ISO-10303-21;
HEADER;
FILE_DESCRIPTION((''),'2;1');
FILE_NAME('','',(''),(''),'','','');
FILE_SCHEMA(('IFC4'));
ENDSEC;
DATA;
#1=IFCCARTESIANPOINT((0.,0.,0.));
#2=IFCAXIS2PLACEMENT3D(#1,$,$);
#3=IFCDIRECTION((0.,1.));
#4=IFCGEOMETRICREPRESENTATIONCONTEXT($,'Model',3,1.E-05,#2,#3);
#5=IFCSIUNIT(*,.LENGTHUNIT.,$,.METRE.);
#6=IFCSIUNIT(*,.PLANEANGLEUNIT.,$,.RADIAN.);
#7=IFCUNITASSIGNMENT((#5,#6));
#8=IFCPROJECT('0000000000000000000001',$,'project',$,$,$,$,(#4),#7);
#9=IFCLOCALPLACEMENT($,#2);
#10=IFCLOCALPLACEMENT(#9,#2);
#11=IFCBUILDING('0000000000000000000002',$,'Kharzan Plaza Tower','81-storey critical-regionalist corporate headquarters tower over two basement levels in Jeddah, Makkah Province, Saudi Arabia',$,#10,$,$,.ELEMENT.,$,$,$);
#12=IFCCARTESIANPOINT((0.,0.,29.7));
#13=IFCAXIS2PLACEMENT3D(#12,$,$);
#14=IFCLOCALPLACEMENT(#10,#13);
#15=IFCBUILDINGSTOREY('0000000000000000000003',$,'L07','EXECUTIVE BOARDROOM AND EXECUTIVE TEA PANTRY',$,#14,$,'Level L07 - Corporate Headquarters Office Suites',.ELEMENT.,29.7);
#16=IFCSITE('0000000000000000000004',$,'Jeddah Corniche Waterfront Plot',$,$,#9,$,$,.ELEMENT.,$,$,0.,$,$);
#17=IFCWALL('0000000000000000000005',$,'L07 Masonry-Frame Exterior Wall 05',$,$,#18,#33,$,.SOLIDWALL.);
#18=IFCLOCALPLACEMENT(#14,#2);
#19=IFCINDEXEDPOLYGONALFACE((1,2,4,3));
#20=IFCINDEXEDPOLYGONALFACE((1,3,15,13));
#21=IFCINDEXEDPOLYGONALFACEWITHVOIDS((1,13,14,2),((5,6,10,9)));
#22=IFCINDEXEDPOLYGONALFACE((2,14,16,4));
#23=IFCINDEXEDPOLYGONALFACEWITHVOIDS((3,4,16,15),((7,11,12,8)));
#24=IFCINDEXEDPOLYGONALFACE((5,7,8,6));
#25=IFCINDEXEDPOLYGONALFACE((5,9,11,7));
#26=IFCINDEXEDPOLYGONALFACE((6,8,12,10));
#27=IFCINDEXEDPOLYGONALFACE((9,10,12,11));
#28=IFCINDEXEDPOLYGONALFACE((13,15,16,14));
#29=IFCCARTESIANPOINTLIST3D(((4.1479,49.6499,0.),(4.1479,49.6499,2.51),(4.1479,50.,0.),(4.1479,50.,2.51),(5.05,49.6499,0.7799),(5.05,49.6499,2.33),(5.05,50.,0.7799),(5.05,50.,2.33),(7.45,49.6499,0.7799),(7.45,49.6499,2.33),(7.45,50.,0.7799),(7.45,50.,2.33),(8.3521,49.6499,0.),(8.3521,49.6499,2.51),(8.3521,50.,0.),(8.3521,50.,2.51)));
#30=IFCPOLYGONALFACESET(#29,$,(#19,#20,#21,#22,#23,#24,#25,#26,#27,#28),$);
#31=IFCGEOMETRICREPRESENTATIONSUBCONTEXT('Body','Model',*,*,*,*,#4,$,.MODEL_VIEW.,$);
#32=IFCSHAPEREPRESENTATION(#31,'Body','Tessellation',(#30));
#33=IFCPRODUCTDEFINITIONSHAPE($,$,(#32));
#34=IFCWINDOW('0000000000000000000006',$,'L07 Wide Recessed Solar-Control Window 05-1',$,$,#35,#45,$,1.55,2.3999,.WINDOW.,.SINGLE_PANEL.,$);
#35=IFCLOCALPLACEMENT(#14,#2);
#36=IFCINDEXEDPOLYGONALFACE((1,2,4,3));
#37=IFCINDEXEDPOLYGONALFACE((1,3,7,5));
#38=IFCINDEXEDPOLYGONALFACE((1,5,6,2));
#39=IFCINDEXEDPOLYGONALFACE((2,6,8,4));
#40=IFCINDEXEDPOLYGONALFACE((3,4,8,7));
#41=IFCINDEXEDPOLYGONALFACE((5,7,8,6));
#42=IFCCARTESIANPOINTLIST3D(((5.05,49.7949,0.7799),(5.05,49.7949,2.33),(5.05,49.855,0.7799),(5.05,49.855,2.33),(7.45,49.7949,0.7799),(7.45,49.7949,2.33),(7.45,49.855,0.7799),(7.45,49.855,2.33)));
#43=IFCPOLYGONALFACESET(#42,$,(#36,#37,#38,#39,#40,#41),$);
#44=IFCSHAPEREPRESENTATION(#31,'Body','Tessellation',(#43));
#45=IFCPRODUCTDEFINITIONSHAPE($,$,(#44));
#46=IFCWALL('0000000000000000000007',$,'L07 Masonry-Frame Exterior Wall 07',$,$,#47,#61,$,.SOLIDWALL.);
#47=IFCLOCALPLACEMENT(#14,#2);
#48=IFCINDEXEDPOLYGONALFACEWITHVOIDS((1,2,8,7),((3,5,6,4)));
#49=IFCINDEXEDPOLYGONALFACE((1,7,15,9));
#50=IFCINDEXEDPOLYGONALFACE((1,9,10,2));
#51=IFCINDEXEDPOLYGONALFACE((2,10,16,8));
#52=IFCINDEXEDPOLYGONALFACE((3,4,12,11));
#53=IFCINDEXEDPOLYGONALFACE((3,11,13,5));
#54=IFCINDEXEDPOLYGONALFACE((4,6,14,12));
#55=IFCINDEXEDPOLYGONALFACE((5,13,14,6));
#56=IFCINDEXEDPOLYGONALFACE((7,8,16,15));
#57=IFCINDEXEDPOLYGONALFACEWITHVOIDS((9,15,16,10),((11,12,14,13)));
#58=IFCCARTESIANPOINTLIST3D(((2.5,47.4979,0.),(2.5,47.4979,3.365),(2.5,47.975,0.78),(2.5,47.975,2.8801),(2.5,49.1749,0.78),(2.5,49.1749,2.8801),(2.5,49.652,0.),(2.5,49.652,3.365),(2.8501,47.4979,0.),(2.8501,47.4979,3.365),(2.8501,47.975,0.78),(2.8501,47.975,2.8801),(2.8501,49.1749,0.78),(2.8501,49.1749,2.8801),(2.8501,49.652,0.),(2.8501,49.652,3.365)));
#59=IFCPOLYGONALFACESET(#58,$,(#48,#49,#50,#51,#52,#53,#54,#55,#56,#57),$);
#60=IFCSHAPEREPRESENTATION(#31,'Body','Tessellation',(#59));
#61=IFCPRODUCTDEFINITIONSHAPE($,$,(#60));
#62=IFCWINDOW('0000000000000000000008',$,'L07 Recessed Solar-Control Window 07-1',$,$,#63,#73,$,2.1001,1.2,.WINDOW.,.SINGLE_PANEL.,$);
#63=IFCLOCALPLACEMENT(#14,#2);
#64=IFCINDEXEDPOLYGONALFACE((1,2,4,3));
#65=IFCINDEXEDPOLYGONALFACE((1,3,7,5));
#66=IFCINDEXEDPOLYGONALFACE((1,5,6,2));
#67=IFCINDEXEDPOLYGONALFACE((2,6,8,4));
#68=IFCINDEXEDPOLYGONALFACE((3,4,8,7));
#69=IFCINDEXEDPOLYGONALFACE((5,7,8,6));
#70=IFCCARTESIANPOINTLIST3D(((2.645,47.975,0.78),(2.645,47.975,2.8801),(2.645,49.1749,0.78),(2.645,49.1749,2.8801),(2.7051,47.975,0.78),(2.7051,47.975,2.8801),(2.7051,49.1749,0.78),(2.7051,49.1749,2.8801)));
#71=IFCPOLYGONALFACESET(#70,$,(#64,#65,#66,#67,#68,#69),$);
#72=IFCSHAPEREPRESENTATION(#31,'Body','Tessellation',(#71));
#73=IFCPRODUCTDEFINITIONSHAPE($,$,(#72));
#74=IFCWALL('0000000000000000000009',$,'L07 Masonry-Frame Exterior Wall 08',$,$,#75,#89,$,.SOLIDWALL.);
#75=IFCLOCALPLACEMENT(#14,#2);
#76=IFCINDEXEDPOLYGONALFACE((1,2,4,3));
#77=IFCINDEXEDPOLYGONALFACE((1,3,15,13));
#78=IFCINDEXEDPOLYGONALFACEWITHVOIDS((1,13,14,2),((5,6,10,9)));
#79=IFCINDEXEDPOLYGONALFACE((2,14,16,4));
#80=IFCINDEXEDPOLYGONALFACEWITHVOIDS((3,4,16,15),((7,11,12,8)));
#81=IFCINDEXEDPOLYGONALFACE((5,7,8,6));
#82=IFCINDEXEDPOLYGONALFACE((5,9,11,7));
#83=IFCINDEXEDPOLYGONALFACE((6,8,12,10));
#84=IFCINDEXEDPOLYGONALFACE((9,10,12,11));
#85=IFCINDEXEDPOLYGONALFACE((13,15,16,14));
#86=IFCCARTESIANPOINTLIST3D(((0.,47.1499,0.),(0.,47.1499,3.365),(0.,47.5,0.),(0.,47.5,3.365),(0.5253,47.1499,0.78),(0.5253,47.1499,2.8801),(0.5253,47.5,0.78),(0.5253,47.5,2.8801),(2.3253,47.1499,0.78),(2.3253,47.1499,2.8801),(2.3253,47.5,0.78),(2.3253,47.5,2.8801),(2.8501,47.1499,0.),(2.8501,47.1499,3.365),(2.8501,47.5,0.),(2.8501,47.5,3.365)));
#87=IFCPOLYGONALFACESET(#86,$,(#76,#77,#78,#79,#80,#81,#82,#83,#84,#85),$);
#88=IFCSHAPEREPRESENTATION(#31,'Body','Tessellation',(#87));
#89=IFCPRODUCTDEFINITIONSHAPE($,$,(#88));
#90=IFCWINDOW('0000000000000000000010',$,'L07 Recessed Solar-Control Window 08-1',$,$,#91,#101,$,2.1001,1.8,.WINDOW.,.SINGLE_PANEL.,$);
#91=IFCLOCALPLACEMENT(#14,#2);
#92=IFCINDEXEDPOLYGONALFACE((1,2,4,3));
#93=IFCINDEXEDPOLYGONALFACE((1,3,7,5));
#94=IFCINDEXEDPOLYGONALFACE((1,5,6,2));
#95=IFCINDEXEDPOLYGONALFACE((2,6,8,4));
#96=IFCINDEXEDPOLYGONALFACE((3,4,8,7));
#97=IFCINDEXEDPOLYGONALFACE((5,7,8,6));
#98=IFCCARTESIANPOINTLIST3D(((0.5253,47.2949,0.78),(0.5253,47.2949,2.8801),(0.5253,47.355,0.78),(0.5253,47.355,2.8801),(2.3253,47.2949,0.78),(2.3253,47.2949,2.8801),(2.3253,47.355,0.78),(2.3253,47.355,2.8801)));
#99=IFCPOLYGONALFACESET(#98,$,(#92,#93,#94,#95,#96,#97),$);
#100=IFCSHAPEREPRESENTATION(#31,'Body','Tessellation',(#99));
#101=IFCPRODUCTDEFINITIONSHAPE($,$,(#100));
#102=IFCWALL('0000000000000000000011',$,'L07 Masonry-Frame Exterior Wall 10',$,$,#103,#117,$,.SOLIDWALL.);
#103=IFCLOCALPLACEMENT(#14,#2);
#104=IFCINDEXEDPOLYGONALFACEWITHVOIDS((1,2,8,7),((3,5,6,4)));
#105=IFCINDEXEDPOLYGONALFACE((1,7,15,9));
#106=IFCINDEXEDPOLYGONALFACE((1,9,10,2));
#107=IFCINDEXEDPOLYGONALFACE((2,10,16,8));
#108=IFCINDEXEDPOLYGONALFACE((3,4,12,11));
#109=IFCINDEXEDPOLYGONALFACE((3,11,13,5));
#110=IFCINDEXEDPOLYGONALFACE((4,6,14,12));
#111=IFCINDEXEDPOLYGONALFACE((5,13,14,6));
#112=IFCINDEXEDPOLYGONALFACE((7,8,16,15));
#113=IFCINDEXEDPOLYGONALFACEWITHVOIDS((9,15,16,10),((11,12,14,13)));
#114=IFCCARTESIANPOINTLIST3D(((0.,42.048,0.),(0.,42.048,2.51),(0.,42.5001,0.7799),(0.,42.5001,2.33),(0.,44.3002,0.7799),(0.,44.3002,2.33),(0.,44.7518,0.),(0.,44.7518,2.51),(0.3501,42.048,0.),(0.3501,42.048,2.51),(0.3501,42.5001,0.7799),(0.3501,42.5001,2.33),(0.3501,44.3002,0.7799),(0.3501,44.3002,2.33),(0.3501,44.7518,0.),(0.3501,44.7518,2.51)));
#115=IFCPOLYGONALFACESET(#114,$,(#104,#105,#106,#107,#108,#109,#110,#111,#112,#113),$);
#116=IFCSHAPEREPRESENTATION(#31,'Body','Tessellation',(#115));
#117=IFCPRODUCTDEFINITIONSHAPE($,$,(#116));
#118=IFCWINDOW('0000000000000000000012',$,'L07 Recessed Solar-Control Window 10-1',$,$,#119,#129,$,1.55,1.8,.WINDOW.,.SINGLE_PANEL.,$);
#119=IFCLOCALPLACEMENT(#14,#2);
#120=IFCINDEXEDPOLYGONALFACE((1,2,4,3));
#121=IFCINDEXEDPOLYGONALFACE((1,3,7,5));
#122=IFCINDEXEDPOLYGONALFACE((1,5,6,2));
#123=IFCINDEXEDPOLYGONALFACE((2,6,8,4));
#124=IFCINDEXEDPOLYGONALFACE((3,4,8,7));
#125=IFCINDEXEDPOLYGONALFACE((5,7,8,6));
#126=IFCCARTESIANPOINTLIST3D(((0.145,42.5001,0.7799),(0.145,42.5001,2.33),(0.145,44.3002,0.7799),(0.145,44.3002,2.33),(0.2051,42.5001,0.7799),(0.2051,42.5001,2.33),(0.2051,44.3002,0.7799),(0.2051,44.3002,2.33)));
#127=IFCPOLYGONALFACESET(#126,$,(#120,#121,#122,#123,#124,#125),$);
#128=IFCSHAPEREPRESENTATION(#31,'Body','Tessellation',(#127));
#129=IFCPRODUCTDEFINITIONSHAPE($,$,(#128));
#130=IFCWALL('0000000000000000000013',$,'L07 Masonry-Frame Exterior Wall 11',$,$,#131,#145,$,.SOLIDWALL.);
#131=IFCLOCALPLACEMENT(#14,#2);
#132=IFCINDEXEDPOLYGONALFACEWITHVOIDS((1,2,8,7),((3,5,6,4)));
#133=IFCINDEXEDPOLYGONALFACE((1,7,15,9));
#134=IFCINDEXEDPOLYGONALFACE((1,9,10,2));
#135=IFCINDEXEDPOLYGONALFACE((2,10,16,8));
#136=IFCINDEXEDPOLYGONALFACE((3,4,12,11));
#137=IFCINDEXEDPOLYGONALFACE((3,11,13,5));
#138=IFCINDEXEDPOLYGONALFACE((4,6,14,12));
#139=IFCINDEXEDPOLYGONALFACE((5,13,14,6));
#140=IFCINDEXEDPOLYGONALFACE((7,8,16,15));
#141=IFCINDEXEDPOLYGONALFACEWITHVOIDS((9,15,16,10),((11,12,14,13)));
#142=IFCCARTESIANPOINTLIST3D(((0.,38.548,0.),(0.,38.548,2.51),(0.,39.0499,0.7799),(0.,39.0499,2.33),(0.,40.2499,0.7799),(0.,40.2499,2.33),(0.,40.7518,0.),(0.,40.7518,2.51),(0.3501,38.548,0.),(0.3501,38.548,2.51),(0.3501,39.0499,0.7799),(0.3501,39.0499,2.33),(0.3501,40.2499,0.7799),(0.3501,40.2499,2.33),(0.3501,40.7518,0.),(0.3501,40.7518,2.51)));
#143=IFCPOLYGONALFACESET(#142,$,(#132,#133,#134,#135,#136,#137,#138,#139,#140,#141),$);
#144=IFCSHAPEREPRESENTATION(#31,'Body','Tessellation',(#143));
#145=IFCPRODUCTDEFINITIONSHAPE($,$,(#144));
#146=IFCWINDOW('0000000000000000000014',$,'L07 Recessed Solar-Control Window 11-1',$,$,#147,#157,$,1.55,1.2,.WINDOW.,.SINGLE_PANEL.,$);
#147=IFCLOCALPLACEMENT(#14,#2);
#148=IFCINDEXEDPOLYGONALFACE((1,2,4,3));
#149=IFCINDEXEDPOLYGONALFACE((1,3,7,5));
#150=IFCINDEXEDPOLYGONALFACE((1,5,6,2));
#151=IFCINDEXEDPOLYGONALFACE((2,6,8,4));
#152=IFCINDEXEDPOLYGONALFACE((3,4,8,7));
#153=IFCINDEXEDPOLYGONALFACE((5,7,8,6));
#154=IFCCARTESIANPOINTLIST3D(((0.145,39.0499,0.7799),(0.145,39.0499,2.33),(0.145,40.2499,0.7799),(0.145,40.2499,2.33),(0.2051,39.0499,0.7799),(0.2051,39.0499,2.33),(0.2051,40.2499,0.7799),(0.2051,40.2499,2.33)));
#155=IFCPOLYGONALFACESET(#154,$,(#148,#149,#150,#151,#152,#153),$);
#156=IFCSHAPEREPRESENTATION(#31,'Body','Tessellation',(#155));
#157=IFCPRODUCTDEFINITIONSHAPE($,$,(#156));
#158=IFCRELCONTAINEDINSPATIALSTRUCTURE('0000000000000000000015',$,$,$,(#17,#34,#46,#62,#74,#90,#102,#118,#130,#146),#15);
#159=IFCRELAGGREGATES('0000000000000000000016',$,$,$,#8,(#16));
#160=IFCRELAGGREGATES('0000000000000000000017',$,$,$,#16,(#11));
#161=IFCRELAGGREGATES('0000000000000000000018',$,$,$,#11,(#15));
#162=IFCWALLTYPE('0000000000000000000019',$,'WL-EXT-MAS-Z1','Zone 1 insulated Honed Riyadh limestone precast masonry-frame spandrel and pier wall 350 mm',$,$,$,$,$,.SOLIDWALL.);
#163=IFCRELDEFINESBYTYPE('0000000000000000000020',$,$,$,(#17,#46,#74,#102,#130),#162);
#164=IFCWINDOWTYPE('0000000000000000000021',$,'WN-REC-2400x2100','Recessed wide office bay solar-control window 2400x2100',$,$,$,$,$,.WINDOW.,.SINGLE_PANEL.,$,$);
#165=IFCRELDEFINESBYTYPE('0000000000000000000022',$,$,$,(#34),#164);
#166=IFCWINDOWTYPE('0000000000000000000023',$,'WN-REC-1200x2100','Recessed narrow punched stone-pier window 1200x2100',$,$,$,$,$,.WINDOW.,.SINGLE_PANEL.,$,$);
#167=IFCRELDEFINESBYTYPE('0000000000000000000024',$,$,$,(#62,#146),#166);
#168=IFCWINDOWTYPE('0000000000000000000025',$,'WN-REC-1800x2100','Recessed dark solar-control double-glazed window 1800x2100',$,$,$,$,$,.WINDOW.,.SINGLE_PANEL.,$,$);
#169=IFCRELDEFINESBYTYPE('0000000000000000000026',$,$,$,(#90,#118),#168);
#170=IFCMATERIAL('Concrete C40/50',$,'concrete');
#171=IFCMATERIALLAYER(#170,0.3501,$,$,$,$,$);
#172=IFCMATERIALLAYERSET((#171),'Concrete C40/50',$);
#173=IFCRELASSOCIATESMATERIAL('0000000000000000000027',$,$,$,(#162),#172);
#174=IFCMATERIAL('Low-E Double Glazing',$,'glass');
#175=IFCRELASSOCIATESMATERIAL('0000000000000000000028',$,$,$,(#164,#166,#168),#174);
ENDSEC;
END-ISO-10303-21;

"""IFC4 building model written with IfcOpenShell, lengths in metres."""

from ifc_helpers import new_model, si_unit, direction, frame, frame_2d, origin, place, context, subcontext, project, spatial, rectangle, extrude, source, transform, mapped, material, layer, layer_set, type_object, element, fill, save


model = new_model("IFC4")

# Units and contexts
model_context = context("Model", 3, precision=1e-05, world=origin(), true_north=direction((0.0, 1.0)))
body_context = subcontext(model_context, "Body", "Model", "MODEL_VIEW")
ifc_project = project(units=[si_unit("LENGTHUNIT", "METRE"), si_unit("PLANEANGLEUNIT", "RADIAN")], contexts=[model_context])

# Site, building, storey
site_placement = place(None, origin())
site = spatial("IfcSite", under=ifc_project, at=site_placement, Name="Jeddah Corniche Waterfront Plot", CompositionType="ELEMENT", RefElevation=0.0)
building_placement = place(site_placement, origin())
building = spatial("IfcBuilding", under=site, at=building_placement, Name="Kharzan Plaza Tower", Description="81-storey critical-regionalist corporate headquarters tower over two basement levels in Jeddah, Makkah Province, Saudi Arabia", CompositionType="ELEMENT")
storey_placement = place(building_placement, frame((0.0, 0.0, 29.7)))
storey = spatial("IfcBuildingStorey", under=building, at=storey_placement, Name="L07", Description="EXECUTIVE BOARDROOM AND EXECUTIVE TEA PANTRY", LongName="Level L07 - Corporate Headquarters Office Suites", CompositionType="ELEMENT", Elevation=29.7)

# Walls, openings, windows
ifc_material_1 = material(Name="Concrete C40/50", Category="concrete")
ifc_layer = layer(ifc_material_1, 0.3501)
ifc_layer_set = layer_set([ifc_layer], Name="Concrete C40/50")
wall_type = type_object("IfcWallType", Name="WL-EXT-MAS-Z1", Description="Zone 1 insulated Honed Riyadh limestone precast masonry-frame spandrel and pier wall 350 mm", PredefinedType="SOLIDWALL", material=ifc_layer_set)
wall_1_placement = place(storey_placement, frame((8.3521, 49.825, 0.0), z_axis=(0.0, 0.0, 1.0), x_axis=(-1.0, 0.0, 0.0)))
wall_1 = element("IfcWall", 1, at=wall_1_placement, inside=storey, type_object=wall_type, Name="L07 Masonry-Frame Exterior Wall 05", PredefinedType="SOLIDWALL", context=body_context, shape_type="SweptSolid", body=[
    extrude(rectangle(XDim=4.2041, YDim=0.3501, at=frame_2d((2.1021, 0.0))), origin(), (0.0, 0.0, 1.0), 2.51),
])
opening_1_placement = place(wall_1_placement, frame((0.9021, 0.0, 0.78)))
opening_1 = element("IfcOpeningElement", 2, at=opening_1_placement, cuts=wall_1, PredefinedType="OPENING", context=body_context, shape_type="SweptSolid", body=[
    extrude(rectangle(XDim=2.3999, YDim=1.55, at=frame_2d((1.2, 0.7749))), frame((0.0, 0.1851, 0.0), z_axis=(0.0, -1.0, 0.0), x_axis=(1.0, 0.0, 0.0)), (0.0, 0.0, 1.0), 0.3701),
])
ifc_material_2 = material(Name="Low-E Double Glazing", Category="glass")
window_type_1 = type_object("IfcWindowType", Name="WN-REC-2400x2100", Description="Recessed wide office bay solar-control window 2400x2100", PartitioningType="SINGLE_PANEL", PredefinedType="WINDOW", material=ifc_material_2)
shared_shape_1 = source(origin(), body_context, "Body", "SweptSolid", [
    extrude(rectangle(XDim=2.3999, YDim=1.55, at=frame_2d((1.2, 0.7749))), frame((0.0, 0.03, 0.0), z_axis=(0.0, -1.0, 0.0), x_axis=(1.0, 0.0, 0.0)), (0.0, 0.0, 1.0), 0.0601),
])
window_1_placement = place(opening_1_placement, origin())
window_1 = element("IfcWindow", 3, at=window_1_placement, inside=storey, type_object=window_type_1, Name="L07 Wide Recessed Solar-Control Window 05-1", OverallHeight=1.55, OverallWidth=2.3999, PartitioningType="SINGLE_PANEL", PredefinedType="WINDOW", context=body_context, shape_type="MappedRepresentation", body=[
    mapped(shared_shape_1, transform((0.0, 0.0, 0.0), x_axis=(1.0, 0.0, 0.0), y_axis=(0.0, 1.0, 0.0), z_axis=(0.0, 0.0, 1.0))),
])
fill(opening_1, window_1)
wall_2_placement = place(storey_placement, frame((2.675, 49.6521, 0.0), z_axis=(0.0, 0.0, 1.0), x_axis=(0.0, -1.0, 0.0)))
wall_2 = element("IfcWall", 4, at=wall_2_placement, inside=storey, type_object=wall_type, Name="L07 Masonry-Frame Exterior Wall 07", PredefinedType="SOLIDWALL", context=body_context, shape_type="SweptSolid", body=[
    extrude(rectangle(XDim=2.1541, YDim=0.3501, at=frame_2d((1.0771, 0.0))), origin(), (0.0, 0.0, 1.0), 3.365),
])
opening_2_placement = place(wall_2_placement, frame((0.4771, 0.0, 0.78)))
opening_2 = element("IfcOpeningElement", 5, at=opening_2_placement, cuts=wall_2, PredefinedType="OPENING", context=body_context, shape_type="SweptSolid", body=[
    extrude(rectangle(XDim=1.2, YDim=2.1001, at=frame_2d((0.6001, 1.05))), frame((0.0, 0.1851, 0.0), z_axis=(0.0, -1.0, 0.0), x_axis=(1.0, 0.0, 0.0)), (0.0, 0.0, 1.0), 0.3701),
])
window_type_2 = type_object("IfcWindowType", Name="WN-REC-1200x2100", Description="Recessed narrow punched stone-pier window 1200x2100", PartitioningType="SINGLE_PANEL", PredefinedType="WINDOW", material=ifc_material_2)
shared_shape_2 = source(origin(), body_context, "Body", "SweptSolid", [
    extrude(rectangle(XDim=1.2, YDim=2.1001, at=frame_2d((0.6001, 1.05))), frame((0.0, 0.03, 0.0), z_axis=(0.0, -1.0, 0.0), x_axis=(1.0, 0.0, 0.0)), (0.0, 0.0, 1.0), 0.0601),
])
window_2_placement = place(opening_2_placement, origin())
window_2 = element("IfcWindow", 6, at=window_2_placement, inside=storey, type_object=window_type_2, Name="L07 Recessed Solar-Control Window 07-1", OverallHeight=2.1001, OverallWidth=1.2, PartitioningType="SINGLE_PANEL", PredefinedType="WINDOW", context=body_context, shape_type="MappedRepresentation", body=[
    mapped(shared_shape_2, transform((0.0, 0.0, 0.0), x_axis=(1.0, 0.0, 0.0), y_axis=(0.0, 1.0, 0.0), z_axis=(0.0, 0.0, 1.0))),
])
fill(opening_2, window_2)
wall_3_placement = place(storey_placement, frame((2.8501, 47.325, 0.0), z_axis=(0.0, 0.0, 1.0), x_axis=(-1.0, 0.0, 0.0)))
wall_3 = element("IfcWall", 7, at=wall_3_placement, inside=storey, type_object=wall_type, Name="L07 Masonry-Frame Exterior Wall 08", PredefinedType="SOLIDWALL", context=body_context, shape_type="SweptSolid", body=[
    extrude(rectangle(XDim=2.8501, YDim=0.3501, at=frame_2d((1.425, 0.0))), origin(), (0.0, 0.0, 1.0), 3.365),
])
opening_3_placement = place(wall_3_placement, frame((0.5249, 0.0, 0.78)))
opening_3 = element("IfcOpeningElement", 8, at=opening_3_placement, cuts=wall_3, PredefinedType="OPENING", context=body_context, shape_type="SweptSolid", body=[
    extrude(rectangle(XDim=1.8, YDim=2.1001, at=frame_2d((0.8999, 1.05))), frame((0.0, 0.1851, 0.0), z_axis=(0.0, -1.0, 0.0), x_axis=(1.0, 0.0, 0.0)), (0.0, 0.0, 1.0), 0.3701),
])
window_type_3 = type_object("IfcWindowType", Name="WN-REC-1800x2100", Description="Recessed dark solar-control double-glazed window 1800x2100", PartitioningType="SINGLE_PANEL", PredefinedType="WINDOW", material=ifc_material_2)
shared_shape_3 = source(origin(), body_context, "Body", "SweptSolid", [
    extrude(rectangle(XDim=1.8, YDim=2.1001, at=frame_2d((0.8999, 1.05))), frame((0.0, 0.03, 0.0), z_axis=(0.0, -1.0, 0.0), x_axis=(1.0, 0.0, 0.0)), (0.0, 0.0, 1.0), 0.0601),
])
window_3_placement = place(opening_3_placement, origin())
window_3 = element("IfcWindow", 9, at=window_3_placement, inside=storey, type_object=window_type_3, Name="L07 Recessed Solar-Control Window 08-1", OverallHeight=2.1001, OverallWidth=1.8, PartitioningType="SINGLE_PANEL", PredefinedType="WINDOW", context=body_context, shape_type="MappedRepresentation", body=[
    mapped(shared_shape_3, transform((0.0, 0.0, 0.0), x_axis=(1.0, 0.0, 0.0), y_axis=(0.0, 1.0, 0.0), z_axis=(0.0, 0.0, 1.0))),
])
fill(opening_3, window_3)
wall_4_placement = place(storey_placement, frame((0.175, 44.752, 0.0), z_axis=(0.0, 0.0, 1.0), x_axis=(0.0, -1.0, 0.0)))
wall_4 = element("IfcWall", 10, at=wall_4_placement, inside=storey, type_object=wall_type, Name="L07 Masonry-Frame Exterior Wall 10", PredefinedType="SOLIDWALL", context=body_context, shape_type="SweptSolid", body=[
    extrude(rectangle(XDim=2.7039, YDim=0.3501, at=frame_2d((1.3521, 0.0))), origin(), (0.0, 0.0, 1.0), 2.51),
])
opening_4_placement = place(wall_4_placement, frame((0.4519, 0.0, 0.78)))
opening_4 = element("IfcOpeningElement", 11, at=opening_4_placement, cuts=wall_4, PredefinedType="OPENING", context=body_context, shape_type="SweptSolid", body=[
    extrude(rectangle(XDim=1.8, YDim=1.55, at=frame_2d((0.8999, 0.7749))), frame((0.0, 0.1851, 0.0), z_axis=(0.0, -1.0, 0.0), x_axis=(1.0, 0.0, 0.0)), (0.0, 0.0, 1.0), 0.3701),
])
shared_shape_4 = source(origin(), body_context, "Body", "SweptSolid", [
    extrude(rectangle(XDim=1.8, YDim=1.55, at=frame_2d((0.8999, 0.7749))), frame((0.0, 0.03, 0.0), z_axis=(0.0, -1.0, 0.0), x_axis=(1.0, 0.0, 0.0)), (0.0, 0.0, 1.0), 0.0601),
])
window_4_placement = place(opening_4_placement, origin())
window_4 = element("IfcWindow", 12, at=window_4_placement, inside=storey, type_object=window_type_3, Name="L07 Recessed Solar-Control Window 10-1", OverallHeight=1.55, OverallWidth=1.8, PartitioningType="SINGLE_PANEL", PredefinedType="WINDOW", context=body_context, shape_type="MappedRepresentation", body=[
    mapped(shared_shape_4, transform((0.0, 0.0, 0.0), x_axis=(1.0, 0.0, 0.0), y_axis=(0.0, 1.0, 0.0), z_axis=(0.0, 0.0, 1.0))),
])
fill(opening_4, window_4)
wall_5_placement = place(storey_placement, frame((0.175, 40.752, 0.0), z_axis=(0.0, 0.0, 1.0), x_axis=(0.0, -1.0, 0.0)))
wall_5 = element("IfcWall", 13, at=wall_5_placement, inside=storey, type_object=wall_type, Name="L07 Masonry-Frame Exterior Wall 11", PredefinedType="SOLIDWALL", context=body_context, shape_type="SweptSolid", body=[
    extrude(rectangle(XDim=2.2039, YDim=0.3501, at=frame_2d((1.1021, 0.0))), origin(), (0.0, 0.0, 1.0), 2.51),
])
opening_5_placement = place(wall_5_placement, frame((0.502, 0.0, 0.78)))
opening_5 = element("IfcOpeningElement", 14, at=opening_5_placement, cuts=wall_5, PredefinedType="OPENING", context=body_context, shape_type="SweptSolid", body=[
    extrude(rectangle(XDim=1.2, YDim=1.55, at=frame_2d((0.6001, 0.7749))), frame((0.0, 0.1851, 0.0), z_axis=(0.0, -1.0, 0.0), x_axis=(1.0, 0.0, 0.0)), (0.0, 0.0, 1.0), 0.3701),
])
shared_shape_5 = source(origin(), body_context, "Body", "SweptSolid", [
    extrude(rectangle(XDim=1.2, YDim=1.55, at=frame_2d((0.6001, 0.7749))), frame((0.0, 0.03, 0.0), z_axis=(0.0, -1.0, 0.0), x_axis=(1.0, 0.0, 0.0)), (0.0, 0.0, 1.0), 0.0601),
])
window_5_placement = place(opening_5_placement, origin())
window_5 = element("IfcWindow", 15, at=window_5_placement, inside=storey, type_object=window_type_2, Name="L07 Recessed Solar-Control Window 11-1", OverallHeight=1.55, OverallWidth=1.2, PartitioningType="SINGLE_PANEL", PredefinedType="WINDOW", context=body_context, shape_type="MappedRepresentation", body=[
    mapped(shared_shape_5, transform((0.0, 0.0, 0.0), x_axis=(1.0, 0.0, 0.0), y_axis=(0.0, 1.0, 0.0), z_axis=(0.0, 0.0, 1.0))),
])
fill(opening_5, window_5)

save(model, "model.ifc")
